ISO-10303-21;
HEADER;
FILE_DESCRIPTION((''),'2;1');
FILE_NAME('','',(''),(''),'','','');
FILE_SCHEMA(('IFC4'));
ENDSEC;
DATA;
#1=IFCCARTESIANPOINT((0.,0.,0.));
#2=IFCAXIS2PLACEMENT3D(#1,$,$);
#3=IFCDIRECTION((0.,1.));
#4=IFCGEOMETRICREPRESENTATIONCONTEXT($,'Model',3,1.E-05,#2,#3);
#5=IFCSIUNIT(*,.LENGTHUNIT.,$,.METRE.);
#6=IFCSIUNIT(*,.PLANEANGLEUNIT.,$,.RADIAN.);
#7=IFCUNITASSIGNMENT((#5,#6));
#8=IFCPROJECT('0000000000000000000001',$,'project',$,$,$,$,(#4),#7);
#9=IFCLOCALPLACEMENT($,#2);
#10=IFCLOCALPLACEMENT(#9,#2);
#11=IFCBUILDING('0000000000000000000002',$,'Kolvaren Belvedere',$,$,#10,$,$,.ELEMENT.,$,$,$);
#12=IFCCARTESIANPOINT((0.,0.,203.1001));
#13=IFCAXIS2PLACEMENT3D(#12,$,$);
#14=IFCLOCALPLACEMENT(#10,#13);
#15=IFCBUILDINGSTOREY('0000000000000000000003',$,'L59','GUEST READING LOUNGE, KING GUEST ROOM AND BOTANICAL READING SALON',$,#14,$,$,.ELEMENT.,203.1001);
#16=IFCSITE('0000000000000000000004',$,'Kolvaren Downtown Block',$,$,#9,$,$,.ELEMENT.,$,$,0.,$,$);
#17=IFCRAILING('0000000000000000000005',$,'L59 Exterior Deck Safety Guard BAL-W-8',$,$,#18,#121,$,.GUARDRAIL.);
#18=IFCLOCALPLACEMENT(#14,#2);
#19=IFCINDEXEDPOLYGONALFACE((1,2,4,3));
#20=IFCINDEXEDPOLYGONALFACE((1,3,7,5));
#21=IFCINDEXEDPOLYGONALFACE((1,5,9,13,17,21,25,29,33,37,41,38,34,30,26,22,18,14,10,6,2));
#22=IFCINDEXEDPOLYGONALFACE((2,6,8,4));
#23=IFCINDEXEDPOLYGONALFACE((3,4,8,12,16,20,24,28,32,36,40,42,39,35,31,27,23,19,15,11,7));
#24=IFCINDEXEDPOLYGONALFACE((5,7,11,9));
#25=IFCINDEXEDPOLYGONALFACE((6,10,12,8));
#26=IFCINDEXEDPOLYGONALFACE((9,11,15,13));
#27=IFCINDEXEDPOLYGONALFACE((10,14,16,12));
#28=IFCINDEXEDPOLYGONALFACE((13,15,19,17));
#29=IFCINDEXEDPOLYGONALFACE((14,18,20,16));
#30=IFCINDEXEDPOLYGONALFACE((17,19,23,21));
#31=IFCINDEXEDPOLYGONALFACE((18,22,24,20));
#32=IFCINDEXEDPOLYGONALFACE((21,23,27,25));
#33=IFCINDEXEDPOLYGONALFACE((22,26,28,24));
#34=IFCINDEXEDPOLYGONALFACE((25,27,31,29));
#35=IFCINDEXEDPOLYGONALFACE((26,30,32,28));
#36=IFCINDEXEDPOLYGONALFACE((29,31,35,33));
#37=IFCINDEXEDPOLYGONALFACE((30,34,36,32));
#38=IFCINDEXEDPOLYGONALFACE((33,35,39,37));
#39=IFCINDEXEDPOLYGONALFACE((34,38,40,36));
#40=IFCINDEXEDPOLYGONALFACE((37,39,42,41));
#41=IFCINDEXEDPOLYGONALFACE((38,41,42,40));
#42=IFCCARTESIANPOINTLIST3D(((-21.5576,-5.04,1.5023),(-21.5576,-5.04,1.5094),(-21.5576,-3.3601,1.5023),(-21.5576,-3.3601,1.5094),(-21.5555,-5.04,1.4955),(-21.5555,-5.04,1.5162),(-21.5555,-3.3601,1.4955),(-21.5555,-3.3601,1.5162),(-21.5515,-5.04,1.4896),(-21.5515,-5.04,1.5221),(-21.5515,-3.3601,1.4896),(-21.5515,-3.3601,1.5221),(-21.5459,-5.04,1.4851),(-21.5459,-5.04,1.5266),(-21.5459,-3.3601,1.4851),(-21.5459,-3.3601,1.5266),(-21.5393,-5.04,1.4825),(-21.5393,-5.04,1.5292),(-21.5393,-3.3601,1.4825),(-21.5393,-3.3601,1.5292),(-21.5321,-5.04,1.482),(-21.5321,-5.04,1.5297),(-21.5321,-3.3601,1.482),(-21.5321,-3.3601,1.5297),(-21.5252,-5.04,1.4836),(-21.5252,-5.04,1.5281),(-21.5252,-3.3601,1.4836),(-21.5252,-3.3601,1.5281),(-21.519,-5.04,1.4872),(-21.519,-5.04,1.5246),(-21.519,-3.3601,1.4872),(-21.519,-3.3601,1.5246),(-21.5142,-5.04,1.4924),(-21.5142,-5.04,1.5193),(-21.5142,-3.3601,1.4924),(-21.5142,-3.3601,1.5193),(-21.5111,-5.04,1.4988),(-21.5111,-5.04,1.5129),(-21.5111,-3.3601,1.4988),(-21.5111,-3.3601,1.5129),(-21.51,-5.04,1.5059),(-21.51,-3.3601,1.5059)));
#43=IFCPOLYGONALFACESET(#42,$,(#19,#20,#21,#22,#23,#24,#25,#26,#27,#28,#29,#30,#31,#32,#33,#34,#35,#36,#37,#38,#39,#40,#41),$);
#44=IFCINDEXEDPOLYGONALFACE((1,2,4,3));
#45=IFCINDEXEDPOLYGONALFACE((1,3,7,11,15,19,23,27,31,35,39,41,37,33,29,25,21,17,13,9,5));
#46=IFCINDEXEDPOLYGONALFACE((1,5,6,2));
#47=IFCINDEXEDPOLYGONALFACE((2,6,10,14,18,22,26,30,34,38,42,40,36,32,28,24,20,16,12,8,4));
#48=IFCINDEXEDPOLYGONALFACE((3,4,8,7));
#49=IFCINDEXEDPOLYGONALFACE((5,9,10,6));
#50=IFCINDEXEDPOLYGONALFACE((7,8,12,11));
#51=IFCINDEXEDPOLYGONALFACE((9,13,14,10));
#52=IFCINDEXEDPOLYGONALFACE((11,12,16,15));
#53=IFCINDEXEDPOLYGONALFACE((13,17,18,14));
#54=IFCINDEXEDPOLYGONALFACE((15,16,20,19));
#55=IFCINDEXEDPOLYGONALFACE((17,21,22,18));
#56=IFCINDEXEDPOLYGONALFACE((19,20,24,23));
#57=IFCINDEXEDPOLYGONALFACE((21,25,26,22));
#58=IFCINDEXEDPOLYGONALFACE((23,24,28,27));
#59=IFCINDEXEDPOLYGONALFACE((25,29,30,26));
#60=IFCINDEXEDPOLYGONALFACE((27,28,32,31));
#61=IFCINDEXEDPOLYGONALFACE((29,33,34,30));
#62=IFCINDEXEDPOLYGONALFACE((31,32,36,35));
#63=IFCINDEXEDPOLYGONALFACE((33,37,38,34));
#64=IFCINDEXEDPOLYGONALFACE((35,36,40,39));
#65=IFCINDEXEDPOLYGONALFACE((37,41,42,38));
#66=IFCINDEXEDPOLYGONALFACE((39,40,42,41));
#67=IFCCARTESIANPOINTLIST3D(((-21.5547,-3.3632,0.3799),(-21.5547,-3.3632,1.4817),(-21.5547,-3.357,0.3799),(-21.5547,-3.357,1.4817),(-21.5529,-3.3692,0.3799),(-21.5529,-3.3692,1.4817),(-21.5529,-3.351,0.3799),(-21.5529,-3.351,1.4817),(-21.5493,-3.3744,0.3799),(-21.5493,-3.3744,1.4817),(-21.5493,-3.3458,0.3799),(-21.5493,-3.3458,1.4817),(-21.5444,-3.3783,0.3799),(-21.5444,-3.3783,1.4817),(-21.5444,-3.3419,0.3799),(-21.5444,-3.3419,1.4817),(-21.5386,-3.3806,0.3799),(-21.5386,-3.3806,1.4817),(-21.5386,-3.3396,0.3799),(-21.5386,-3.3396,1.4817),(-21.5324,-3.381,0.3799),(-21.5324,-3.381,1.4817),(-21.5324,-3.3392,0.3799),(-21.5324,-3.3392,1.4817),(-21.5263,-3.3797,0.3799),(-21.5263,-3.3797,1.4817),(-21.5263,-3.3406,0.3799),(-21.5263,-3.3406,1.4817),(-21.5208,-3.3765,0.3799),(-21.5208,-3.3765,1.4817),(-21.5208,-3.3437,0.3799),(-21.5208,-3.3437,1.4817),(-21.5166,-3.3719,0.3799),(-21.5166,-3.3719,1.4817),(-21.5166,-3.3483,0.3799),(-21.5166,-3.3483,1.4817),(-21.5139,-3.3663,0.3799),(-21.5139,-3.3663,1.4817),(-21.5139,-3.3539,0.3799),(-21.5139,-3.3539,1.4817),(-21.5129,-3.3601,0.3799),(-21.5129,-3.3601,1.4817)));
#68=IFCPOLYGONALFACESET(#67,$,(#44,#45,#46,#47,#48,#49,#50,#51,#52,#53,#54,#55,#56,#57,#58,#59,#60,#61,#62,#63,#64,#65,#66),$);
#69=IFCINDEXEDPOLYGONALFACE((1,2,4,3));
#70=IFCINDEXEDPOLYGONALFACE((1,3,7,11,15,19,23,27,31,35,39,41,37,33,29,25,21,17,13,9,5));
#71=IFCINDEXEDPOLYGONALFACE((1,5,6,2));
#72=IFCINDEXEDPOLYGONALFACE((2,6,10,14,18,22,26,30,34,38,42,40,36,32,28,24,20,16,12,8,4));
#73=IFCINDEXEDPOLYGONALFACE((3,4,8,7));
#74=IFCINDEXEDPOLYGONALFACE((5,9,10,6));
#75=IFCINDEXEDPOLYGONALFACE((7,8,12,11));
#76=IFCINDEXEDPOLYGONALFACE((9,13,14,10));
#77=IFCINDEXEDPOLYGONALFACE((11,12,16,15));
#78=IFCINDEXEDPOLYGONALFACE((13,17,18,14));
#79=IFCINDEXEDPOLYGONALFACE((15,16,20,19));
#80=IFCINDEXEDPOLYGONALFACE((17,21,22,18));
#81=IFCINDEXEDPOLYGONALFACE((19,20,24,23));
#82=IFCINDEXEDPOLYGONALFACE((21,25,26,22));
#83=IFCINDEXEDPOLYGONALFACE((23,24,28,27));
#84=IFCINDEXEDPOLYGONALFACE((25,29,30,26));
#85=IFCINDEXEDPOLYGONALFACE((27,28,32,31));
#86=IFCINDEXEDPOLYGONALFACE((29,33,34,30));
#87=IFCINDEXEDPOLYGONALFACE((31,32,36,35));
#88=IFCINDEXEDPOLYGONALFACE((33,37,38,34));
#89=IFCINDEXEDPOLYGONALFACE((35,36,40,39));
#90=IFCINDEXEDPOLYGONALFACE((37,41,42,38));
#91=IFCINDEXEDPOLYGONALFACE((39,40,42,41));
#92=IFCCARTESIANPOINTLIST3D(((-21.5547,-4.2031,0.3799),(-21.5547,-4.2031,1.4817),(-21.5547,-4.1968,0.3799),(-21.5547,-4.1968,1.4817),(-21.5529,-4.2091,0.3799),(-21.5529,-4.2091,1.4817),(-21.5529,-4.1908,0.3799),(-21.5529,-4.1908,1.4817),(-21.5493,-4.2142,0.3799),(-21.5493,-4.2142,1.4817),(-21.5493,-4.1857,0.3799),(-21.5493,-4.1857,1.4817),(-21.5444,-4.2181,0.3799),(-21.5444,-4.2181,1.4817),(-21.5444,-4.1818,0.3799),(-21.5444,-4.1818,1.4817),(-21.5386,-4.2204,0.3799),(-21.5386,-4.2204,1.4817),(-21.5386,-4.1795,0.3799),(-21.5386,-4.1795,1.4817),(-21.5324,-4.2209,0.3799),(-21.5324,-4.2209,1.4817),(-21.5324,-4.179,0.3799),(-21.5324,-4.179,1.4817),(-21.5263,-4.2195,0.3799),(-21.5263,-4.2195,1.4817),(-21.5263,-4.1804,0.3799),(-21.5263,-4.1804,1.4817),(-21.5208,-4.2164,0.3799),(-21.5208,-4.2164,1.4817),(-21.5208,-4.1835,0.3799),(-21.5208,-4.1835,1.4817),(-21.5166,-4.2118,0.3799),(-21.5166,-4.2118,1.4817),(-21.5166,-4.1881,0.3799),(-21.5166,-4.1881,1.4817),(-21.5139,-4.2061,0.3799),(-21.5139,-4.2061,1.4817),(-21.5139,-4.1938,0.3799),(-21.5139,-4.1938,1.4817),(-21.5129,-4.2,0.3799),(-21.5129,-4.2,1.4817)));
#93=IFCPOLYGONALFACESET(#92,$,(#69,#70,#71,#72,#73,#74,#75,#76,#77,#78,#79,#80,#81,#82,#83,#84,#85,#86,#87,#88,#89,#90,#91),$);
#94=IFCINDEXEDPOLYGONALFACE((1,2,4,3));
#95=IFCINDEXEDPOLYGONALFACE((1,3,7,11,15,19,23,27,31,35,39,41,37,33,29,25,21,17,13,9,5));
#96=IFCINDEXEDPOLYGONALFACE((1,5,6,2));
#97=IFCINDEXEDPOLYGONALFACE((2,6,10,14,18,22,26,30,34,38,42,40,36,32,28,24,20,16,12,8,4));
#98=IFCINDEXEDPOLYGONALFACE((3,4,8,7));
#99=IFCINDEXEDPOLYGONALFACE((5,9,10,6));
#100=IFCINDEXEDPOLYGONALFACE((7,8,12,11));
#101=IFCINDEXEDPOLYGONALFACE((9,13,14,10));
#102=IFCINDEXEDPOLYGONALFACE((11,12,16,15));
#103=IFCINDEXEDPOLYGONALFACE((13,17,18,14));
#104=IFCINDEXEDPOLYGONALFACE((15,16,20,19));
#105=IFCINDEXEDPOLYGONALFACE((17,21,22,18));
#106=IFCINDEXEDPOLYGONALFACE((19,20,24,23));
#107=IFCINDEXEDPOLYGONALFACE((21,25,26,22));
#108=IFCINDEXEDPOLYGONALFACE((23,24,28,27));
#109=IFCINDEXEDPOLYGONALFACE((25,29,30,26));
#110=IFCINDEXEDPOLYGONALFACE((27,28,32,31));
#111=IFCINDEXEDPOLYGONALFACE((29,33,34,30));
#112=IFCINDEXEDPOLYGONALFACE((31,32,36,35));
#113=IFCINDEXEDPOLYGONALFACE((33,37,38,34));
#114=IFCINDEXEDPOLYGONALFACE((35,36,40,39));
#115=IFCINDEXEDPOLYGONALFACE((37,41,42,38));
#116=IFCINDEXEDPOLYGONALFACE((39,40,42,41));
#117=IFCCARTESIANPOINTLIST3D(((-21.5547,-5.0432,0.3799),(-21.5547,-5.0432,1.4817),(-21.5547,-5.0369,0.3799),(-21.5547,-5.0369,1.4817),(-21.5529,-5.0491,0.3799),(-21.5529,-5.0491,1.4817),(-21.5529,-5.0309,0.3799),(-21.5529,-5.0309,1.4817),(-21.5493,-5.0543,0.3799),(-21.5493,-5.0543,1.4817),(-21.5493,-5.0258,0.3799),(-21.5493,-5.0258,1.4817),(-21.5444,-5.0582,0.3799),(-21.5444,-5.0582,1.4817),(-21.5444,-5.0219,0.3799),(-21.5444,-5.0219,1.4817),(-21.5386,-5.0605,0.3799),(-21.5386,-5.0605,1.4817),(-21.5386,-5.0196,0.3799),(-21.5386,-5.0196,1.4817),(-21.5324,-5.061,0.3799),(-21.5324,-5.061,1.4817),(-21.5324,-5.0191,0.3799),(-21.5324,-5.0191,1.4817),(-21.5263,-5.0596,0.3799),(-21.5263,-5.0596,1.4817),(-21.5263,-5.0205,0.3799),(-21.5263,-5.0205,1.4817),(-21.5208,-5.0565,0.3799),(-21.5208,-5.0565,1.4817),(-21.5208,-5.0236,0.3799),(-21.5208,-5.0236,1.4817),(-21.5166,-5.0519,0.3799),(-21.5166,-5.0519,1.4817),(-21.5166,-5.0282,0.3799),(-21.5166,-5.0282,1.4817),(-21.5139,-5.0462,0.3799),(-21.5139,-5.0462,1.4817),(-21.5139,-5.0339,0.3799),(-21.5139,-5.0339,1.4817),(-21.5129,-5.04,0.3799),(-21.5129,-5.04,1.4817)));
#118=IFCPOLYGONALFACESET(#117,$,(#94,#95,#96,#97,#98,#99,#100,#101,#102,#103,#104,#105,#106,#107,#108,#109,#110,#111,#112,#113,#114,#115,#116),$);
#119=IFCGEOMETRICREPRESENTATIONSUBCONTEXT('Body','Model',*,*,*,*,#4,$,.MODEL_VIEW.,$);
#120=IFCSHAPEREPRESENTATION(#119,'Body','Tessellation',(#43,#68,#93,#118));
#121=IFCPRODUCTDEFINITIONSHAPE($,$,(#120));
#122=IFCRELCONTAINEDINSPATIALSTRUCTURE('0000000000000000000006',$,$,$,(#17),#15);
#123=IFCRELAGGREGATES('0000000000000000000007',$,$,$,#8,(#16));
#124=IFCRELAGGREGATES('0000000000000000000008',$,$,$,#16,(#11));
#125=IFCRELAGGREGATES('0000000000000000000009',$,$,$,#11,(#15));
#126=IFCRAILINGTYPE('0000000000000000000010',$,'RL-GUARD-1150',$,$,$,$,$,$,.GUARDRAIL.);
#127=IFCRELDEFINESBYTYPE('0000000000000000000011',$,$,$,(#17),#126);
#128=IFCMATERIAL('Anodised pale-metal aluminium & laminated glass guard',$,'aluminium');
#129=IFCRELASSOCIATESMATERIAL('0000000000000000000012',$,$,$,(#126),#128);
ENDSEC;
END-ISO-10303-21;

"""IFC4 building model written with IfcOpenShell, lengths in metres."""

from ifc_helpers import new_model, si_unit, direction, frame, origin, origin_2d, place, context, subcontext, project, spatial, circle, extrude, material, type_object, element, save


model = new_model("IFC4")

# Units and contexts
model_context = context("Model", 3, precision=1e-05, world=origin(), true_north=direction((0.0, 1.0)))
body_context = subcontext(model_context, "Body", "Model", "MODEL_VIEW")
ifc_project = project(units=[si_unit("LENGTHUNIT", "METRE"), si_unit("PLANEANGLEUNIT", "RADIAN")], contexts=[model_context])

# Site, building, storey
site_placement = place(None, origin())
site = spatial("IfcSite", under=ifc_project, at=site_placement, Name="Kolvaren Downtown Block", CompositionType="ELEMENT", RefElevation=0.0)
building_placement = place(site_placement, origin())
building = spatial("IfcBuilding", under=site, at=building_placement, Name="Kolvaren Belvedere", CompositionType="ELEMENT")
storey_placement = place(building_placement, frame((0.0, 0.0, 203.1001)))
storey = spatial("IfcBuildingStorey", under=building, at=storey_placement, Name="L59", Description="GUEST READING LOUNGE, KING GUEST ROOM AND BOTANICAL READING SALON", CompositionType="ELEMENT", Elevation=203.1001)

# Railing
ifc_material_1 = material(Name="Anodised pale-metal aluminium & laminated glass guard", Category="aluminium")
railing_type = type_object("IfcRailingType", Name="RL-GUARD-1150", PredefinedType="GUARDRAIL", material=ifc_material_1)
railing_1_placement = place(storey_placement, frame((-21.5339, -3.3601, 0.3799)))
element("IfcRailing", 1, at=railing_1_placement, inside=storey, type_object=railing_type, Name="L59 Exterior Deck Safety Guard BAL-W-8", PredefinedType="GUARDRAIL", context=body_context, shape_type="SweptSolid", body=[
    extrude(circle(Radius=0.0239, at=origin_2d()), frame((0.0, 0.0, 1.126), z_axis=(0.0, -1.0, 0.0), x_axis=(1.0, 0.0, 0.0)), (0.0, 0.0, 1.0), 1.6799),
    extrude(circle(Radius=0.021, at=origin_2d()), origin(), (0.0, 0.0, 1.0), 1.1018),
    extrude(circle(Radius=0.021, at=origin_2d()), frame((0.0, -0.8398, 0.0)), (0.0, 0.0, 1.0), 1.1018),
    extrude(circle(Radius=0.021, at=origin_2d()), frame((0.0, -1.6799, 0.0)), (0.0, 0.0, 1.0), 1.1018),
])

save(model, "model.ifc")
